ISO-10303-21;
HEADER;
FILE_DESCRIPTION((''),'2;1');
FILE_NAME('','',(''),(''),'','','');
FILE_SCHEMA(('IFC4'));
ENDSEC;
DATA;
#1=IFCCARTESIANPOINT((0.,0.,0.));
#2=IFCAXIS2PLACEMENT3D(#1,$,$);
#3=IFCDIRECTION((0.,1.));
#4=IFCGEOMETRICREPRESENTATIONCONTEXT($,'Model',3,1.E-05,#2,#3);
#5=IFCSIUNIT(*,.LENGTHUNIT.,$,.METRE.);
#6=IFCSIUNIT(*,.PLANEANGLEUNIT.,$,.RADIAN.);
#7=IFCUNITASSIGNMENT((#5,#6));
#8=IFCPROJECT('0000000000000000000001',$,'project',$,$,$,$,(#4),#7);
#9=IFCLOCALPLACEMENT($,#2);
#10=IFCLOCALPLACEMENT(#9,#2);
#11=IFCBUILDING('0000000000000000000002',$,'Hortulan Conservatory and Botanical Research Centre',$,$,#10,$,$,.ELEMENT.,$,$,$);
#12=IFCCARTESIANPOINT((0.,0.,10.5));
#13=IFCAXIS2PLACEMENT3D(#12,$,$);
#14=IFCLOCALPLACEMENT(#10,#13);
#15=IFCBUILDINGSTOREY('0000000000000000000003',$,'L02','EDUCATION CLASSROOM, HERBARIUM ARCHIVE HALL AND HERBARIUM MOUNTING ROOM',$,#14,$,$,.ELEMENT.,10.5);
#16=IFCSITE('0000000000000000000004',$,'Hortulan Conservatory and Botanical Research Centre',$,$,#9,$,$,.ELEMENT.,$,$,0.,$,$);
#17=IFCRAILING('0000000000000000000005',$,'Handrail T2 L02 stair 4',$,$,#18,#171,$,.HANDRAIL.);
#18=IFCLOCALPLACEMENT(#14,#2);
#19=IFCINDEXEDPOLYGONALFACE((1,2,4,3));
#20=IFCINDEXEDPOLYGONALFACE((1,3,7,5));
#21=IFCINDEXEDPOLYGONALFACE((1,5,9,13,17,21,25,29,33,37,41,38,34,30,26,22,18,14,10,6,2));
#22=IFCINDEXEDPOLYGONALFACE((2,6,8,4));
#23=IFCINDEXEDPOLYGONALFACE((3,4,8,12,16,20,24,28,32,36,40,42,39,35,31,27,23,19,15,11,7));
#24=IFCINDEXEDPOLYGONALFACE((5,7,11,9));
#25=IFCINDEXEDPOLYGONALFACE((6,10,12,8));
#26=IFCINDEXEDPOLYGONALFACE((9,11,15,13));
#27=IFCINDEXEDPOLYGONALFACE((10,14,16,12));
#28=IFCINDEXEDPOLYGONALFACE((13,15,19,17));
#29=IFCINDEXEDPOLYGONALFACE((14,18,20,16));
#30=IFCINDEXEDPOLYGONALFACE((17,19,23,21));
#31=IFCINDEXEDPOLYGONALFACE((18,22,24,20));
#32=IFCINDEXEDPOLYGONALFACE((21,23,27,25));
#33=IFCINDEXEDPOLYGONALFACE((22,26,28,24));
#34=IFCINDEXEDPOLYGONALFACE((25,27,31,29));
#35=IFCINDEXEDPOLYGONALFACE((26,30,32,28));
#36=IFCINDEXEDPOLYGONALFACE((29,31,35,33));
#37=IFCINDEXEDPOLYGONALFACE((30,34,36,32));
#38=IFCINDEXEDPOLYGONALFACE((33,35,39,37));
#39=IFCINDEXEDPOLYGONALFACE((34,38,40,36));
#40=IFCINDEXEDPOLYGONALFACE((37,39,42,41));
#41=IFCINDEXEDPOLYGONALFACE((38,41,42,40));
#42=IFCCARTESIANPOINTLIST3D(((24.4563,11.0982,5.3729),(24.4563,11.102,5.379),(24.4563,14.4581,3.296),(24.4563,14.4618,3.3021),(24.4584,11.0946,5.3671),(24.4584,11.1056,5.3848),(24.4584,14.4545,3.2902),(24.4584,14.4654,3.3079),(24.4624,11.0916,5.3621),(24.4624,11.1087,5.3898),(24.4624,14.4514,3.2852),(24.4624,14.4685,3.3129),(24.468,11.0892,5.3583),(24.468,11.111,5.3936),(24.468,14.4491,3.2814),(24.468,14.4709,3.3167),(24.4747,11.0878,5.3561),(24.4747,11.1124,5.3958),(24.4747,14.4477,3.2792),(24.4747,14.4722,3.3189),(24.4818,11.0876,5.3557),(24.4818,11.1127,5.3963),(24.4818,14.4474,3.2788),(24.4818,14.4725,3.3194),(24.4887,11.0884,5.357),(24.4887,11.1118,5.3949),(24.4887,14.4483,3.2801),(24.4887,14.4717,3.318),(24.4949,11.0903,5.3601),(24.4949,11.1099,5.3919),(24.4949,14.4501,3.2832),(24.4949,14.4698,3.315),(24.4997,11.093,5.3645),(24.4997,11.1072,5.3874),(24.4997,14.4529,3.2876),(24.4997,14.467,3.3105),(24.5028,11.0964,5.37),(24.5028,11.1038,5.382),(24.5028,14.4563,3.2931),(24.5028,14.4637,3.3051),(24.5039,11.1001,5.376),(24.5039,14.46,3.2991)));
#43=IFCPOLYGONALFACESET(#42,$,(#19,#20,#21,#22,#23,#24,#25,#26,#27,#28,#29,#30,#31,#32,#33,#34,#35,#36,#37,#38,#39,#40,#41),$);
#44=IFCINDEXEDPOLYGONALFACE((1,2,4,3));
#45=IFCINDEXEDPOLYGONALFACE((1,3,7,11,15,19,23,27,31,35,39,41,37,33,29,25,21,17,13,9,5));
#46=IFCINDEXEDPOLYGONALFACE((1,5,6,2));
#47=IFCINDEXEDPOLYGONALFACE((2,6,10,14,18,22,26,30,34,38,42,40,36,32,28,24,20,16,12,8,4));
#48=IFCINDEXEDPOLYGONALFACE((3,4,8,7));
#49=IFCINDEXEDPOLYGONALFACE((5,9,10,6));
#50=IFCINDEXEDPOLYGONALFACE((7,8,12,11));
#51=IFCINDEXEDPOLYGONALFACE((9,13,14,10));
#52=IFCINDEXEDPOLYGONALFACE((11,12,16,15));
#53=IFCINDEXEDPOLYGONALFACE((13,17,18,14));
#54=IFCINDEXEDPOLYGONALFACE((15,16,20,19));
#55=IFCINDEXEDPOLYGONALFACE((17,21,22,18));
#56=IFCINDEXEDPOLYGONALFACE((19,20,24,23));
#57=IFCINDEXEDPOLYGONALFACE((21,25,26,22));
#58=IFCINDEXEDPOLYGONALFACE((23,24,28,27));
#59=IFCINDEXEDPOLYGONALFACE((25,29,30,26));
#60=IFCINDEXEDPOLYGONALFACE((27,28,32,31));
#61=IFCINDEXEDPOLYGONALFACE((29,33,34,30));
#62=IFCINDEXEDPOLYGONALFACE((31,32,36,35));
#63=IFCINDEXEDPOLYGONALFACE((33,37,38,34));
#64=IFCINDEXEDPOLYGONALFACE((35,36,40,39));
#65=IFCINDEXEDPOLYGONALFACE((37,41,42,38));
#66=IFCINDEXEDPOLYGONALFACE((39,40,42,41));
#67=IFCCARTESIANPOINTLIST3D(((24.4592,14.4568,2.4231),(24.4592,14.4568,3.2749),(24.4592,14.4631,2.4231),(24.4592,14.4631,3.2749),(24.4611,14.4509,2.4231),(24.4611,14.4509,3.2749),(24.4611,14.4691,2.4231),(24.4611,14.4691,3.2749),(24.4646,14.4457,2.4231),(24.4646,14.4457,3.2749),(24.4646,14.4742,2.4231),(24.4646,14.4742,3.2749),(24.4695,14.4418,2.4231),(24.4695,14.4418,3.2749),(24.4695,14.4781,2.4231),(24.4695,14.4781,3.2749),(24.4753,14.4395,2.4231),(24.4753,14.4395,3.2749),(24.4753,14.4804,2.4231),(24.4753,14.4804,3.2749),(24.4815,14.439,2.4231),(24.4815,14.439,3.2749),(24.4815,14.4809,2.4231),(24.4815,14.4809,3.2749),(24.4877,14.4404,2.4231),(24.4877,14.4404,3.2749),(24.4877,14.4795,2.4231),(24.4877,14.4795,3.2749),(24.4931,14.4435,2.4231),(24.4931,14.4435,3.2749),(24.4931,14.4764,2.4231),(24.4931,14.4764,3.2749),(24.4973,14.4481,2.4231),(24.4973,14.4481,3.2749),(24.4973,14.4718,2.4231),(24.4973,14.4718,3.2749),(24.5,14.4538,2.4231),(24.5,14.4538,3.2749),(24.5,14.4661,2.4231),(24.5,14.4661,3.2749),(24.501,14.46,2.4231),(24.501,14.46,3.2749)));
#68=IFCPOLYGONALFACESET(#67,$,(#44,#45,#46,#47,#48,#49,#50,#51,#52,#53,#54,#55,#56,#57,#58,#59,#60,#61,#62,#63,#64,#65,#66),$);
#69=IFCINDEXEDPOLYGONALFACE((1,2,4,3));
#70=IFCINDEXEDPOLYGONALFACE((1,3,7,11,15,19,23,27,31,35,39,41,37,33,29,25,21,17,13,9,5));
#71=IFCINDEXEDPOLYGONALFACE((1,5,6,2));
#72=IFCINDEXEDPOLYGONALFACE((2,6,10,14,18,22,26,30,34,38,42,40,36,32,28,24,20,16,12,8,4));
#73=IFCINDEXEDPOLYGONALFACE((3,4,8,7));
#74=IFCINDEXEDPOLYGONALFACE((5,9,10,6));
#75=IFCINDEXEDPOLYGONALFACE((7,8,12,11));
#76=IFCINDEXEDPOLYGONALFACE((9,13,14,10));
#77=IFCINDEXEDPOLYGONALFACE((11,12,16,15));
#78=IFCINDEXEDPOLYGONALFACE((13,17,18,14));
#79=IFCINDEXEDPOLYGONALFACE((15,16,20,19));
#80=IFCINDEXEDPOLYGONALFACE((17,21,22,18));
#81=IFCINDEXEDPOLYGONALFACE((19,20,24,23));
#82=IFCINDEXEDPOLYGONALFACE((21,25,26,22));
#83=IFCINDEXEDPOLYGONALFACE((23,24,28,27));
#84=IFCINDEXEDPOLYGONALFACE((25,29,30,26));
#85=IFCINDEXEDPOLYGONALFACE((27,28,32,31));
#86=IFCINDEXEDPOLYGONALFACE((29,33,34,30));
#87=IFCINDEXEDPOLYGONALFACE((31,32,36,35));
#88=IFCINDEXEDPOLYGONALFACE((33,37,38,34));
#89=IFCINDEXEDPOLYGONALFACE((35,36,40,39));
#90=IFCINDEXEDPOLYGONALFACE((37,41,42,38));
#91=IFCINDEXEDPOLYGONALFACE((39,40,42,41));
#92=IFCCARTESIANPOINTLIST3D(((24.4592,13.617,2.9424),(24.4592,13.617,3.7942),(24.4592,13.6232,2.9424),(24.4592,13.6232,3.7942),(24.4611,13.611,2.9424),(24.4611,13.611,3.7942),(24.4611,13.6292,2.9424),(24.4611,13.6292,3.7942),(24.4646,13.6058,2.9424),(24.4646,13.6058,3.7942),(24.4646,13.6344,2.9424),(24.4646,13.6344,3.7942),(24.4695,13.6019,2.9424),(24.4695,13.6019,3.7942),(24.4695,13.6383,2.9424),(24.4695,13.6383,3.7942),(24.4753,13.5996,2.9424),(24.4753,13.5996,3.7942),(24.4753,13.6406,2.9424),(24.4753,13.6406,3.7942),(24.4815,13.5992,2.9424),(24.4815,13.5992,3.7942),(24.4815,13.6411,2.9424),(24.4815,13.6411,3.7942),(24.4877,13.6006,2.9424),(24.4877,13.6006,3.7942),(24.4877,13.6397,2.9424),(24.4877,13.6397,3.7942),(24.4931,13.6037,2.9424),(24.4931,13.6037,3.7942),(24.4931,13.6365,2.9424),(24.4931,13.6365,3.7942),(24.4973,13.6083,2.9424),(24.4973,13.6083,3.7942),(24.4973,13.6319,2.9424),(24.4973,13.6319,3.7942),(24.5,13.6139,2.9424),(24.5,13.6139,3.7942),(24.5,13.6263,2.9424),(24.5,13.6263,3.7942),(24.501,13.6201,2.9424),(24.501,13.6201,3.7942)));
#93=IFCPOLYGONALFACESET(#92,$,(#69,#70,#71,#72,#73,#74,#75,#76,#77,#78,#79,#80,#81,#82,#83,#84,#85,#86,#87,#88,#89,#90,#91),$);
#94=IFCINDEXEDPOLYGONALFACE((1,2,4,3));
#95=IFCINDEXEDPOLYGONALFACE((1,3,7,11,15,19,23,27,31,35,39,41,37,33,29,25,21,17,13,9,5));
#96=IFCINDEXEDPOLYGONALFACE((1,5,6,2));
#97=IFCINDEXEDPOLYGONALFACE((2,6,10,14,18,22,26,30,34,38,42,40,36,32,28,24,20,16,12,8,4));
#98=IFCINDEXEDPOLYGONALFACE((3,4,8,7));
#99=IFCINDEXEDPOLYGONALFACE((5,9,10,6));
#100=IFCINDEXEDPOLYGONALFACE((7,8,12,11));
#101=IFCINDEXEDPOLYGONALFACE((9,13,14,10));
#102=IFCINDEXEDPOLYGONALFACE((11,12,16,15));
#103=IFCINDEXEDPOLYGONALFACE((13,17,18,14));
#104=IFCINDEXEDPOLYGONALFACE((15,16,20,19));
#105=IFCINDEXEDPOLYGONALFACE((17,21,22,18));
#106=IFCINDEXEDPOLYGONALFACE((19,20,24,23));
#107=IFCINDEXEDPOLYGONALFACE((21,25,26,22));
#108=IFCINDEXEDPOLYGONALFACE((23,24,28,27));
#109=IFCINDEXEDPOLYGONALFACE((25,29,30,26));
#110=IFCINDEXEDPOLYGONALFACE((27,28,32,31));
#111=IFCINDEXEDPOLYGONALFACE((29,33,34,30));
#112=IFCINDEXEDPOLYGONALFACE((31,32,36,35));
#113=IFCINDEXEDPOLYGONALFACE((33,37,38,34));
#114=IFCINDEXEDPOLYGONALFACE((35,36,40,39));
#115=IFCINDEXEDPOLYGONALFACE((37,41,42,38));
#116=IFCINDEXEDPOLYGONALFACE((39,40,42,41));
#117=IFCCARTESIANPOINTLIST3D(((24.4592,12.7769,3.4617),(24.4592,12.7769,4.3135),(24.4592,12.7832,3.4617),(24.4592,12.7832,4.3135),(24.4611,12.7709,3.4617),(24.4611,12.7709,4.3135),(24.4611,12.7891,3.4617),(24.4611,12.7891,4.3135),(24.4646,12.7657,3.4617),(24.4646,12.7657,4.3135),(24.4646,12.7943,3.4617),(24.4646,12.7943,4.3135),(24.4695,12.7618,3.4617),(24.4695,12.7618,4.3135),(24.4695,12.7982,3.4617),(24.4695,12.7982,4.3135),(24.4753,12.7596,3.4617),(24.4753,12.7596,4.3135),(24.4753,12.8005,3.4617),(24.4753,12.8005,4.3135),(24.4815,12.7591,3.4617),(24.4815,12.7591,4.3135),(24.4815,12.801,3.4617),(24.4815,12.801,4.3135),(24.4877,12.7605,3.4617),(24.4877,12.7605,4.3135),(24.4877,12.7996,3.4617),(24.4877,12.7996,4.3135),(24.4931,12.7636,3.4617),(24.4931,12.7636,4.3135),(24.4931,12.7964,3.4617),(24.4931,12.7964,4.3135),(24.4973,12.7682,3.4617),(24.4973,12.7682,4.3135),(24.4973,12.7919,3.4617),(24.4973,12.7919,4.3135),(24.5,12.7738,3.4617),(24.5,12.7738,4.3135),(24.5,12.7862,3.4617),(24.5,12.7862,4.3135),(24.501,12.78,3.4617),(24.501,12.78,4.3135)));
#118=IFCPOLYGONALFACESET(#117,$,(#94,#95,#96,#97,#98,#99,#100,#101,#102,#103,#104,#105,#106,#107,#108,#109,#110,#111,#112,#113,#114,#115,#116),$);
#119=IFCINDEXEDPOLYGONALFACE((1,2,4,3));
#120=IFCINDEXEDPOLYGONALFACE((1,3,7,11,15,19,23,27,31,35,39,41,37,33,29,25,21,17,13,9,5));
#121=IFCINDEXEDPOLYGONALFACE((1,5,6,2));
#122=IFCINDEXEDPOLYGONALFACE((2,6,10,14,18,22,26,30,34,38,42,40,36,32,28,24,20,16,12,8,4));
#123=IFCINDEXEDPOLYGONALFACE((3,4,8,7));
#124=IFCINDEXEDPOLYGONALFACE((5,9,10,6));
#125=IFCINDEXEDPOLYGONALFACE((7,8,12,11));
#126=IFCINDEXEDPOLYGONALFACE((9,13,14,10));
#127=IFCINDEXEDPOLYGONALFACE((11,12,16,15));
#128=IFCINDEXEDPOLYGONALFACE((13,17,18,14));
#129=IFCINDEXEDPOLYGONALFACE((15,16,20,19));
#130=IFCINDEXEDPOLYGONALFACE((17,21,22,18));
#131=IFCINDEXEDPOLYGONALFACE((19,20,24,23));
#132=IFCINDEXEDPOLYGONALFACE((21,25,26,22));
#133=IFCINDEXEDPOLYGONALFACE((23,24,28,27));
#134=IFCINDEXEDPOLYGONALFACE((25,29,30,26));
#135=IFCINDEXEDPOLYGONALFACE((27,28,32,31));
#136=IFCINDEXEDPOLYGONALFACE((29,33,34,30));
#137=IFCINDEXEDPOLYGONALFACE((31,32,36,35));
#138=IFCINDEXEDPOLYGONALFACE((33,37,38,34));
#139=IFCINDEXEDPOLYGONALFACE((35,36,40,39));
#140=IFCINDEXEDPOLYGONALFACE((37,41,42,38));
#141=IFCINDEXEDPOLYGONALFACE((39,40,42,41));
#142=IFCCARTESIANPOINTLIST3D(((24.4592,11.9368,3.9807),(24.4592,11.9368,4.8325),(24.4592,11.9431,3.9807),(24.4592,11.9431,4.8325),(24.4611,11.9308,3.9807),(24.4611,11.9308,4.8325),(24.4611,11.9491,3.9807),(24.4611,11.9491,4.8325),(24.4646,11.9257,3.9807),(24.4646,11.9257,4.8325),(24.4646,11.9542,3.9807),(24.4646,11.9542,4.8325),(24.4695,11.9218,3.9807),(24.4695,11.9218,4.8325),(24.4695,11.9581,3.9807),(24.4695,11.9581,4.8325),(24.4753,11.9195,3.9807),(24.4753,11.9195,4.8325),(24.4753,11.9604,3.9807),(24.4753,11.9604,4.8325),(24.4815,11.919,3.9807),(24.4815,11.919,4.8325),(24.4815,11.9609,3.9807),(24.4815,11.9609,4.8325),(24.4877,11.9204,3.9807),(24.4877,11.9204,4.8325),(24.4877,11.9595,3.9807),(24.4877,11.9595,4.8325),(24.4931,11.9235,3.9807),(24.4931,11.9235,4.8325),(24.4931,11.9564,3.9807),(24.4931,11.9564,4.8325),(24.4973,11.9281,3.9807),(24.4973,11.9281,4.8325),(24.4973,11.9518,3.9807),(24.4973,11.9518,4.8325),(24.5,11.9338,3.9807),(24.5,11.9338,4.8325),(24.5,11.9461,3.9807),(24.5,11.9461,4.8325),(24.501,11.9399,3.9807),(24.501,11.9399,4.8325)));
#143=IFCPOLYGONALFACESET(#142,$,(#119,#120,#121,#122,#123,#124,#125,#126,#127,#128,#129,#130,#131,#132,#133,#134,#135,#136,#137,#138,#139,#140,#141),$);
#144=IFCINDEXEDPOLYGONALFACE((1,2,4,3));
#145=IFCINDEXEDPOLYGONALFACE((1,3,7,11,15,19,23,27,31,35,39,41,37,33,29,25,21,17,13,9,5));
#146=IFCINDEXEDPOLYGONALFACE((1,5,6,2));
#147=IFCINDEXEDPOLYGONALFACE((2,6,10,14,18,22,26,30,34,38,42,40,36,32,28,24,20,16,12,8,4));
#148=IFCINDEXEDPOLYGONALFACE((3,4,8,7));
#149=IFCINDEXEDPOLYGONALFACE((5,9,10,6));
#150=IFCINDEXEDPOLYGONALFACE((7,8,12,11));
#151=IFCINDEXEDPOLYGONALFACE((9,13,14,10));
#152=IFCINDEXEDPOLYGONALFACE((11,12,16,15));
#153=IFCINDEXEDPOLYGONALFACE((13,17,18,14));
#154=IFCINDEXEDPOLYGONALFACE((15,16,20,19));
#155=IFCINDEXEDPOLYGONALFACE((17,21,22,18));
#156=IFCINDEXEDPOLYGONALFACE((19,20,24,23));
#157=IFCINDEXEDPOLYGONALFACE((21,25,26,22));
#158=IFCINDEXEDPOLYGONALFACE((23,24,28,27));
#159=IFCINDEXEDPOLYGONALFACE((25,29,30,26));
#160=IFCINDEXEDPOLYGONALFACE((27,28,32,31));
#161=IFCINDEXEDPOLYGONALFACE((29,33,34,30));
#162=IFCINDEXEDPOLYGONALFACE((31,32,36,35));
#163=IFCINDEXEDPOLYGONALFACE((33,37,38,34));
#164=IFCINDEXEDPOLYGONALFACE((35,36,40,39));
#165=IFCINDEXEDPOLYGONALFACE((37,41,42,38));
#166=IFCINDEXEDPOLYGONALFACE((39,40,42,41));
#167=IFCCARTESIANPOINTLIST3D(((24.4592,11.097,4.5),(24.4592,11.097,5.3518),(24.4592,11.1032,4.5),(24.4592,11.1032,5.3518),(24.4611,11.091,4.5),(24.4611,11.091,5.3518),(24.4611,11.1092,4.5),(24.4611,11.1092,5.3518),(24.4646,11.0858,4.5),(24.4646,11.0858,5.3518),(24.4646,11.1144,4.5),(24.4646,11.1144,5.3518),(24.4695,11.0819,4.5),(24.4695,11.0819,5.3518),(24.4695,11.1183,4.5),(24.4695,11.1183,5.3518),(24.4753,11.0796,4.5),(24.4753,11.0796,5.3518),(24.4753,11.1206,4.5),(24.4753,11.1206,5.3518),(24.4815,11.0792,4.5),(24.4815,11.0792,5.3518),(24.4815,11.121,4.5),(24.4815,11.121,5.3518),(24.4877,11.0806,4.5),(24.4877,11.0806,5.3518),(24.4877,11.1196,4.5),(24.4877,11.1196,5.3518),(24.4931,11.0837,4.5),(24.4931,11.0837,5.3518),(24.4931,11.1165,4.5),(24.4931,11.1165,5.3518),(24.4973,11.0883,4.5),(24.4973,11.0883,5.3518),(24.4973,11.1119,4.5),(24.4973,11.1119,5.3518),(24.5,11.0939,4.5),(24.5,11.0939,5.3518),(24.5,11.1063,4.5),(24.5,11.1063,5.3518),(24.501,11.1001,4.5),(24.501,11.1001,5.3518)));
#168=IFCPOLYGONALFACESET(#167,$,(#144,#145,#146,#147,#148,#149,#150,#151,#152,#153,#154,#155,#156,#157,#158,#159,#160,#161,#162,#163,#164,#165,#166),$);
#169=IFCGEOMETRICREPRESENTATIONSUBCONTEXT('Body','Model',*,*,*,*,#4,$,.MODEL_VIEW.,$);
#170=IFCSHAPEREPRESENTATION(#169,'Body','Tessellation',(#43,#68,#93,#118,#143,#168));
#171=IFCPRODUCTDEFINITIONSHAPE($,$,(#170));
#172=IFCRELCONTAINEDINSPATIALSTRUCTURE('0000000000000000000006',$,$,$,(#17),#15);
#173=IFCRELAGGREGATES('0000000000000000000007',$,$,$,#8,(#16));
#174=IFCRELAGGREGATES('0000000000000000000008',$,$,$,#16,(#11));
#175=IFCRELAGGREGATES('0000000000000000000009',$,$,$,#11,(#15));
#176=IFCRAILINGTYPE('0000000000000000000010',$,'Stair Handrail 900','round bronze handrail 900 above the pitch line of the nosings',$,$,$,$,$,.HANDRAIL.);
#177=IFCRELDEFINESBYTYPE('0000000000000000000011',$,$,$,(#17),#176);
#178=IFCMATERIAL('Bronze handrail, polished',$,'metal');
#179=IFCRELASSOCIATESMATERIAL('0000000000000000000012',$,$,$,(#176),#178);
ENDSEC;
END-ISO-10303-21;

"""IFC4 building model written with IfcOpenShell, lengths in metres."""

from ifc_helpers import new_model, si_unit, direction, frame, origin, origin_2d, place, context, subcontext, project, spatial, circle, extrude, material, type_object, element, save


model = new_model("IFC4")

# Units and contexts
model_context = context("Model", 3, precision=1e-05, world=origin(), true_north=direction((0.0, 1.0)))
body_context = subcontext(model_context, "Body", "Model", "MODEL_VIEW")
ifc_project = project(units=[si_unit("LENGTHUNIT", "METRE"), si_unit("PLANEANGLEUNIT", "RADIAN")], contexts=[model_context])

# Site, building, storey
site_placement = place(None, origin())
site = spatial("IfcSite", under=ifc_project, at=site_placement, Name="Hortulan Conservatory and Botanical Research Centre", CompositionType="ELEMENT", RefElevation=0.0)
building_placement = place(site_placement, origin())
building = spatial("IfcBuilding", under=site, at=building_placement, Name="Hortulan Conservatory and Botanical Research Centre", CompositionType="ELEMENT")
storey_placement = place(building_placement, frame((0.0, 0.0, 10.5)))
storey = spatial("IfcBuildingStorey", under=building, at=storey_placement, Name="L02", Description="EDUCATION CLASSROOM, HERBARIUM ARCHIVE HALL AND HERBARIUM MOUNTING ROOM", CompositionType="ELEMENT", Elevation=10.5)

# Railing
ifc_material_1 = material(Name="Bronze handrail, polished", Category="metal")
railing_type_1 = type_object("IfcRailingType", Name="Stair Handrail 900", Description="round bronze handrail 900 above the pitch line of the nosings", PredefinedType="HANDRAIL", material=ifc_material_1)
for number, where, name in (
    (1, (24.48, 14.46, 2.4231), "Handrail T2 L02 stair 4"),
):
    element("IfcRailing", number, at=place(storey_placement, frame(where)), inside=storey, type_object=railing_type_1, Name=name, PredefinedType="HANDRAIL", context=body_context, shape_type="SweptSolid", body=[
        extrude(circle(Radius=0.0239, at=origin_2d()), frame((0.0, 0.0, 0.876), z_axis=(0.0, -0.850606, 0.525803), x_axis=(1.0, 0.0, 0.0)), (0.0, 0.0, 1.0), 3.95),
        extrude(circle(Radius=0.021, at=origin_2d()), origin(), (0.0, 0.0, 1.0), 0.8518),
        extrude(circle(Radius=0.021, at=origin_2d()), frame((0.0, -0.8398, 0.5193)), (0.0, 0.0, 1.0), 0.8518),
        extrude(circle(Radius=0.021, at=origin_2d()), frame((0.0, -1.6799, 1.0386)), (0.0, 0.0, 1.0), 0.8518),
        extrude(circle(Radius=0.021, at=origin_2d()), frame((0.0, -2.52, 1.5576)), (0.0, 0.0, 1.0), 0.8518),
        extrude(circle(Radius=0.021, at=origin_2d()), frame((0.0, -3.3599, 2.0769)), (0.0, 0.0, 1.0), 0.8518),
    ])

save(model, "model.ifc")
